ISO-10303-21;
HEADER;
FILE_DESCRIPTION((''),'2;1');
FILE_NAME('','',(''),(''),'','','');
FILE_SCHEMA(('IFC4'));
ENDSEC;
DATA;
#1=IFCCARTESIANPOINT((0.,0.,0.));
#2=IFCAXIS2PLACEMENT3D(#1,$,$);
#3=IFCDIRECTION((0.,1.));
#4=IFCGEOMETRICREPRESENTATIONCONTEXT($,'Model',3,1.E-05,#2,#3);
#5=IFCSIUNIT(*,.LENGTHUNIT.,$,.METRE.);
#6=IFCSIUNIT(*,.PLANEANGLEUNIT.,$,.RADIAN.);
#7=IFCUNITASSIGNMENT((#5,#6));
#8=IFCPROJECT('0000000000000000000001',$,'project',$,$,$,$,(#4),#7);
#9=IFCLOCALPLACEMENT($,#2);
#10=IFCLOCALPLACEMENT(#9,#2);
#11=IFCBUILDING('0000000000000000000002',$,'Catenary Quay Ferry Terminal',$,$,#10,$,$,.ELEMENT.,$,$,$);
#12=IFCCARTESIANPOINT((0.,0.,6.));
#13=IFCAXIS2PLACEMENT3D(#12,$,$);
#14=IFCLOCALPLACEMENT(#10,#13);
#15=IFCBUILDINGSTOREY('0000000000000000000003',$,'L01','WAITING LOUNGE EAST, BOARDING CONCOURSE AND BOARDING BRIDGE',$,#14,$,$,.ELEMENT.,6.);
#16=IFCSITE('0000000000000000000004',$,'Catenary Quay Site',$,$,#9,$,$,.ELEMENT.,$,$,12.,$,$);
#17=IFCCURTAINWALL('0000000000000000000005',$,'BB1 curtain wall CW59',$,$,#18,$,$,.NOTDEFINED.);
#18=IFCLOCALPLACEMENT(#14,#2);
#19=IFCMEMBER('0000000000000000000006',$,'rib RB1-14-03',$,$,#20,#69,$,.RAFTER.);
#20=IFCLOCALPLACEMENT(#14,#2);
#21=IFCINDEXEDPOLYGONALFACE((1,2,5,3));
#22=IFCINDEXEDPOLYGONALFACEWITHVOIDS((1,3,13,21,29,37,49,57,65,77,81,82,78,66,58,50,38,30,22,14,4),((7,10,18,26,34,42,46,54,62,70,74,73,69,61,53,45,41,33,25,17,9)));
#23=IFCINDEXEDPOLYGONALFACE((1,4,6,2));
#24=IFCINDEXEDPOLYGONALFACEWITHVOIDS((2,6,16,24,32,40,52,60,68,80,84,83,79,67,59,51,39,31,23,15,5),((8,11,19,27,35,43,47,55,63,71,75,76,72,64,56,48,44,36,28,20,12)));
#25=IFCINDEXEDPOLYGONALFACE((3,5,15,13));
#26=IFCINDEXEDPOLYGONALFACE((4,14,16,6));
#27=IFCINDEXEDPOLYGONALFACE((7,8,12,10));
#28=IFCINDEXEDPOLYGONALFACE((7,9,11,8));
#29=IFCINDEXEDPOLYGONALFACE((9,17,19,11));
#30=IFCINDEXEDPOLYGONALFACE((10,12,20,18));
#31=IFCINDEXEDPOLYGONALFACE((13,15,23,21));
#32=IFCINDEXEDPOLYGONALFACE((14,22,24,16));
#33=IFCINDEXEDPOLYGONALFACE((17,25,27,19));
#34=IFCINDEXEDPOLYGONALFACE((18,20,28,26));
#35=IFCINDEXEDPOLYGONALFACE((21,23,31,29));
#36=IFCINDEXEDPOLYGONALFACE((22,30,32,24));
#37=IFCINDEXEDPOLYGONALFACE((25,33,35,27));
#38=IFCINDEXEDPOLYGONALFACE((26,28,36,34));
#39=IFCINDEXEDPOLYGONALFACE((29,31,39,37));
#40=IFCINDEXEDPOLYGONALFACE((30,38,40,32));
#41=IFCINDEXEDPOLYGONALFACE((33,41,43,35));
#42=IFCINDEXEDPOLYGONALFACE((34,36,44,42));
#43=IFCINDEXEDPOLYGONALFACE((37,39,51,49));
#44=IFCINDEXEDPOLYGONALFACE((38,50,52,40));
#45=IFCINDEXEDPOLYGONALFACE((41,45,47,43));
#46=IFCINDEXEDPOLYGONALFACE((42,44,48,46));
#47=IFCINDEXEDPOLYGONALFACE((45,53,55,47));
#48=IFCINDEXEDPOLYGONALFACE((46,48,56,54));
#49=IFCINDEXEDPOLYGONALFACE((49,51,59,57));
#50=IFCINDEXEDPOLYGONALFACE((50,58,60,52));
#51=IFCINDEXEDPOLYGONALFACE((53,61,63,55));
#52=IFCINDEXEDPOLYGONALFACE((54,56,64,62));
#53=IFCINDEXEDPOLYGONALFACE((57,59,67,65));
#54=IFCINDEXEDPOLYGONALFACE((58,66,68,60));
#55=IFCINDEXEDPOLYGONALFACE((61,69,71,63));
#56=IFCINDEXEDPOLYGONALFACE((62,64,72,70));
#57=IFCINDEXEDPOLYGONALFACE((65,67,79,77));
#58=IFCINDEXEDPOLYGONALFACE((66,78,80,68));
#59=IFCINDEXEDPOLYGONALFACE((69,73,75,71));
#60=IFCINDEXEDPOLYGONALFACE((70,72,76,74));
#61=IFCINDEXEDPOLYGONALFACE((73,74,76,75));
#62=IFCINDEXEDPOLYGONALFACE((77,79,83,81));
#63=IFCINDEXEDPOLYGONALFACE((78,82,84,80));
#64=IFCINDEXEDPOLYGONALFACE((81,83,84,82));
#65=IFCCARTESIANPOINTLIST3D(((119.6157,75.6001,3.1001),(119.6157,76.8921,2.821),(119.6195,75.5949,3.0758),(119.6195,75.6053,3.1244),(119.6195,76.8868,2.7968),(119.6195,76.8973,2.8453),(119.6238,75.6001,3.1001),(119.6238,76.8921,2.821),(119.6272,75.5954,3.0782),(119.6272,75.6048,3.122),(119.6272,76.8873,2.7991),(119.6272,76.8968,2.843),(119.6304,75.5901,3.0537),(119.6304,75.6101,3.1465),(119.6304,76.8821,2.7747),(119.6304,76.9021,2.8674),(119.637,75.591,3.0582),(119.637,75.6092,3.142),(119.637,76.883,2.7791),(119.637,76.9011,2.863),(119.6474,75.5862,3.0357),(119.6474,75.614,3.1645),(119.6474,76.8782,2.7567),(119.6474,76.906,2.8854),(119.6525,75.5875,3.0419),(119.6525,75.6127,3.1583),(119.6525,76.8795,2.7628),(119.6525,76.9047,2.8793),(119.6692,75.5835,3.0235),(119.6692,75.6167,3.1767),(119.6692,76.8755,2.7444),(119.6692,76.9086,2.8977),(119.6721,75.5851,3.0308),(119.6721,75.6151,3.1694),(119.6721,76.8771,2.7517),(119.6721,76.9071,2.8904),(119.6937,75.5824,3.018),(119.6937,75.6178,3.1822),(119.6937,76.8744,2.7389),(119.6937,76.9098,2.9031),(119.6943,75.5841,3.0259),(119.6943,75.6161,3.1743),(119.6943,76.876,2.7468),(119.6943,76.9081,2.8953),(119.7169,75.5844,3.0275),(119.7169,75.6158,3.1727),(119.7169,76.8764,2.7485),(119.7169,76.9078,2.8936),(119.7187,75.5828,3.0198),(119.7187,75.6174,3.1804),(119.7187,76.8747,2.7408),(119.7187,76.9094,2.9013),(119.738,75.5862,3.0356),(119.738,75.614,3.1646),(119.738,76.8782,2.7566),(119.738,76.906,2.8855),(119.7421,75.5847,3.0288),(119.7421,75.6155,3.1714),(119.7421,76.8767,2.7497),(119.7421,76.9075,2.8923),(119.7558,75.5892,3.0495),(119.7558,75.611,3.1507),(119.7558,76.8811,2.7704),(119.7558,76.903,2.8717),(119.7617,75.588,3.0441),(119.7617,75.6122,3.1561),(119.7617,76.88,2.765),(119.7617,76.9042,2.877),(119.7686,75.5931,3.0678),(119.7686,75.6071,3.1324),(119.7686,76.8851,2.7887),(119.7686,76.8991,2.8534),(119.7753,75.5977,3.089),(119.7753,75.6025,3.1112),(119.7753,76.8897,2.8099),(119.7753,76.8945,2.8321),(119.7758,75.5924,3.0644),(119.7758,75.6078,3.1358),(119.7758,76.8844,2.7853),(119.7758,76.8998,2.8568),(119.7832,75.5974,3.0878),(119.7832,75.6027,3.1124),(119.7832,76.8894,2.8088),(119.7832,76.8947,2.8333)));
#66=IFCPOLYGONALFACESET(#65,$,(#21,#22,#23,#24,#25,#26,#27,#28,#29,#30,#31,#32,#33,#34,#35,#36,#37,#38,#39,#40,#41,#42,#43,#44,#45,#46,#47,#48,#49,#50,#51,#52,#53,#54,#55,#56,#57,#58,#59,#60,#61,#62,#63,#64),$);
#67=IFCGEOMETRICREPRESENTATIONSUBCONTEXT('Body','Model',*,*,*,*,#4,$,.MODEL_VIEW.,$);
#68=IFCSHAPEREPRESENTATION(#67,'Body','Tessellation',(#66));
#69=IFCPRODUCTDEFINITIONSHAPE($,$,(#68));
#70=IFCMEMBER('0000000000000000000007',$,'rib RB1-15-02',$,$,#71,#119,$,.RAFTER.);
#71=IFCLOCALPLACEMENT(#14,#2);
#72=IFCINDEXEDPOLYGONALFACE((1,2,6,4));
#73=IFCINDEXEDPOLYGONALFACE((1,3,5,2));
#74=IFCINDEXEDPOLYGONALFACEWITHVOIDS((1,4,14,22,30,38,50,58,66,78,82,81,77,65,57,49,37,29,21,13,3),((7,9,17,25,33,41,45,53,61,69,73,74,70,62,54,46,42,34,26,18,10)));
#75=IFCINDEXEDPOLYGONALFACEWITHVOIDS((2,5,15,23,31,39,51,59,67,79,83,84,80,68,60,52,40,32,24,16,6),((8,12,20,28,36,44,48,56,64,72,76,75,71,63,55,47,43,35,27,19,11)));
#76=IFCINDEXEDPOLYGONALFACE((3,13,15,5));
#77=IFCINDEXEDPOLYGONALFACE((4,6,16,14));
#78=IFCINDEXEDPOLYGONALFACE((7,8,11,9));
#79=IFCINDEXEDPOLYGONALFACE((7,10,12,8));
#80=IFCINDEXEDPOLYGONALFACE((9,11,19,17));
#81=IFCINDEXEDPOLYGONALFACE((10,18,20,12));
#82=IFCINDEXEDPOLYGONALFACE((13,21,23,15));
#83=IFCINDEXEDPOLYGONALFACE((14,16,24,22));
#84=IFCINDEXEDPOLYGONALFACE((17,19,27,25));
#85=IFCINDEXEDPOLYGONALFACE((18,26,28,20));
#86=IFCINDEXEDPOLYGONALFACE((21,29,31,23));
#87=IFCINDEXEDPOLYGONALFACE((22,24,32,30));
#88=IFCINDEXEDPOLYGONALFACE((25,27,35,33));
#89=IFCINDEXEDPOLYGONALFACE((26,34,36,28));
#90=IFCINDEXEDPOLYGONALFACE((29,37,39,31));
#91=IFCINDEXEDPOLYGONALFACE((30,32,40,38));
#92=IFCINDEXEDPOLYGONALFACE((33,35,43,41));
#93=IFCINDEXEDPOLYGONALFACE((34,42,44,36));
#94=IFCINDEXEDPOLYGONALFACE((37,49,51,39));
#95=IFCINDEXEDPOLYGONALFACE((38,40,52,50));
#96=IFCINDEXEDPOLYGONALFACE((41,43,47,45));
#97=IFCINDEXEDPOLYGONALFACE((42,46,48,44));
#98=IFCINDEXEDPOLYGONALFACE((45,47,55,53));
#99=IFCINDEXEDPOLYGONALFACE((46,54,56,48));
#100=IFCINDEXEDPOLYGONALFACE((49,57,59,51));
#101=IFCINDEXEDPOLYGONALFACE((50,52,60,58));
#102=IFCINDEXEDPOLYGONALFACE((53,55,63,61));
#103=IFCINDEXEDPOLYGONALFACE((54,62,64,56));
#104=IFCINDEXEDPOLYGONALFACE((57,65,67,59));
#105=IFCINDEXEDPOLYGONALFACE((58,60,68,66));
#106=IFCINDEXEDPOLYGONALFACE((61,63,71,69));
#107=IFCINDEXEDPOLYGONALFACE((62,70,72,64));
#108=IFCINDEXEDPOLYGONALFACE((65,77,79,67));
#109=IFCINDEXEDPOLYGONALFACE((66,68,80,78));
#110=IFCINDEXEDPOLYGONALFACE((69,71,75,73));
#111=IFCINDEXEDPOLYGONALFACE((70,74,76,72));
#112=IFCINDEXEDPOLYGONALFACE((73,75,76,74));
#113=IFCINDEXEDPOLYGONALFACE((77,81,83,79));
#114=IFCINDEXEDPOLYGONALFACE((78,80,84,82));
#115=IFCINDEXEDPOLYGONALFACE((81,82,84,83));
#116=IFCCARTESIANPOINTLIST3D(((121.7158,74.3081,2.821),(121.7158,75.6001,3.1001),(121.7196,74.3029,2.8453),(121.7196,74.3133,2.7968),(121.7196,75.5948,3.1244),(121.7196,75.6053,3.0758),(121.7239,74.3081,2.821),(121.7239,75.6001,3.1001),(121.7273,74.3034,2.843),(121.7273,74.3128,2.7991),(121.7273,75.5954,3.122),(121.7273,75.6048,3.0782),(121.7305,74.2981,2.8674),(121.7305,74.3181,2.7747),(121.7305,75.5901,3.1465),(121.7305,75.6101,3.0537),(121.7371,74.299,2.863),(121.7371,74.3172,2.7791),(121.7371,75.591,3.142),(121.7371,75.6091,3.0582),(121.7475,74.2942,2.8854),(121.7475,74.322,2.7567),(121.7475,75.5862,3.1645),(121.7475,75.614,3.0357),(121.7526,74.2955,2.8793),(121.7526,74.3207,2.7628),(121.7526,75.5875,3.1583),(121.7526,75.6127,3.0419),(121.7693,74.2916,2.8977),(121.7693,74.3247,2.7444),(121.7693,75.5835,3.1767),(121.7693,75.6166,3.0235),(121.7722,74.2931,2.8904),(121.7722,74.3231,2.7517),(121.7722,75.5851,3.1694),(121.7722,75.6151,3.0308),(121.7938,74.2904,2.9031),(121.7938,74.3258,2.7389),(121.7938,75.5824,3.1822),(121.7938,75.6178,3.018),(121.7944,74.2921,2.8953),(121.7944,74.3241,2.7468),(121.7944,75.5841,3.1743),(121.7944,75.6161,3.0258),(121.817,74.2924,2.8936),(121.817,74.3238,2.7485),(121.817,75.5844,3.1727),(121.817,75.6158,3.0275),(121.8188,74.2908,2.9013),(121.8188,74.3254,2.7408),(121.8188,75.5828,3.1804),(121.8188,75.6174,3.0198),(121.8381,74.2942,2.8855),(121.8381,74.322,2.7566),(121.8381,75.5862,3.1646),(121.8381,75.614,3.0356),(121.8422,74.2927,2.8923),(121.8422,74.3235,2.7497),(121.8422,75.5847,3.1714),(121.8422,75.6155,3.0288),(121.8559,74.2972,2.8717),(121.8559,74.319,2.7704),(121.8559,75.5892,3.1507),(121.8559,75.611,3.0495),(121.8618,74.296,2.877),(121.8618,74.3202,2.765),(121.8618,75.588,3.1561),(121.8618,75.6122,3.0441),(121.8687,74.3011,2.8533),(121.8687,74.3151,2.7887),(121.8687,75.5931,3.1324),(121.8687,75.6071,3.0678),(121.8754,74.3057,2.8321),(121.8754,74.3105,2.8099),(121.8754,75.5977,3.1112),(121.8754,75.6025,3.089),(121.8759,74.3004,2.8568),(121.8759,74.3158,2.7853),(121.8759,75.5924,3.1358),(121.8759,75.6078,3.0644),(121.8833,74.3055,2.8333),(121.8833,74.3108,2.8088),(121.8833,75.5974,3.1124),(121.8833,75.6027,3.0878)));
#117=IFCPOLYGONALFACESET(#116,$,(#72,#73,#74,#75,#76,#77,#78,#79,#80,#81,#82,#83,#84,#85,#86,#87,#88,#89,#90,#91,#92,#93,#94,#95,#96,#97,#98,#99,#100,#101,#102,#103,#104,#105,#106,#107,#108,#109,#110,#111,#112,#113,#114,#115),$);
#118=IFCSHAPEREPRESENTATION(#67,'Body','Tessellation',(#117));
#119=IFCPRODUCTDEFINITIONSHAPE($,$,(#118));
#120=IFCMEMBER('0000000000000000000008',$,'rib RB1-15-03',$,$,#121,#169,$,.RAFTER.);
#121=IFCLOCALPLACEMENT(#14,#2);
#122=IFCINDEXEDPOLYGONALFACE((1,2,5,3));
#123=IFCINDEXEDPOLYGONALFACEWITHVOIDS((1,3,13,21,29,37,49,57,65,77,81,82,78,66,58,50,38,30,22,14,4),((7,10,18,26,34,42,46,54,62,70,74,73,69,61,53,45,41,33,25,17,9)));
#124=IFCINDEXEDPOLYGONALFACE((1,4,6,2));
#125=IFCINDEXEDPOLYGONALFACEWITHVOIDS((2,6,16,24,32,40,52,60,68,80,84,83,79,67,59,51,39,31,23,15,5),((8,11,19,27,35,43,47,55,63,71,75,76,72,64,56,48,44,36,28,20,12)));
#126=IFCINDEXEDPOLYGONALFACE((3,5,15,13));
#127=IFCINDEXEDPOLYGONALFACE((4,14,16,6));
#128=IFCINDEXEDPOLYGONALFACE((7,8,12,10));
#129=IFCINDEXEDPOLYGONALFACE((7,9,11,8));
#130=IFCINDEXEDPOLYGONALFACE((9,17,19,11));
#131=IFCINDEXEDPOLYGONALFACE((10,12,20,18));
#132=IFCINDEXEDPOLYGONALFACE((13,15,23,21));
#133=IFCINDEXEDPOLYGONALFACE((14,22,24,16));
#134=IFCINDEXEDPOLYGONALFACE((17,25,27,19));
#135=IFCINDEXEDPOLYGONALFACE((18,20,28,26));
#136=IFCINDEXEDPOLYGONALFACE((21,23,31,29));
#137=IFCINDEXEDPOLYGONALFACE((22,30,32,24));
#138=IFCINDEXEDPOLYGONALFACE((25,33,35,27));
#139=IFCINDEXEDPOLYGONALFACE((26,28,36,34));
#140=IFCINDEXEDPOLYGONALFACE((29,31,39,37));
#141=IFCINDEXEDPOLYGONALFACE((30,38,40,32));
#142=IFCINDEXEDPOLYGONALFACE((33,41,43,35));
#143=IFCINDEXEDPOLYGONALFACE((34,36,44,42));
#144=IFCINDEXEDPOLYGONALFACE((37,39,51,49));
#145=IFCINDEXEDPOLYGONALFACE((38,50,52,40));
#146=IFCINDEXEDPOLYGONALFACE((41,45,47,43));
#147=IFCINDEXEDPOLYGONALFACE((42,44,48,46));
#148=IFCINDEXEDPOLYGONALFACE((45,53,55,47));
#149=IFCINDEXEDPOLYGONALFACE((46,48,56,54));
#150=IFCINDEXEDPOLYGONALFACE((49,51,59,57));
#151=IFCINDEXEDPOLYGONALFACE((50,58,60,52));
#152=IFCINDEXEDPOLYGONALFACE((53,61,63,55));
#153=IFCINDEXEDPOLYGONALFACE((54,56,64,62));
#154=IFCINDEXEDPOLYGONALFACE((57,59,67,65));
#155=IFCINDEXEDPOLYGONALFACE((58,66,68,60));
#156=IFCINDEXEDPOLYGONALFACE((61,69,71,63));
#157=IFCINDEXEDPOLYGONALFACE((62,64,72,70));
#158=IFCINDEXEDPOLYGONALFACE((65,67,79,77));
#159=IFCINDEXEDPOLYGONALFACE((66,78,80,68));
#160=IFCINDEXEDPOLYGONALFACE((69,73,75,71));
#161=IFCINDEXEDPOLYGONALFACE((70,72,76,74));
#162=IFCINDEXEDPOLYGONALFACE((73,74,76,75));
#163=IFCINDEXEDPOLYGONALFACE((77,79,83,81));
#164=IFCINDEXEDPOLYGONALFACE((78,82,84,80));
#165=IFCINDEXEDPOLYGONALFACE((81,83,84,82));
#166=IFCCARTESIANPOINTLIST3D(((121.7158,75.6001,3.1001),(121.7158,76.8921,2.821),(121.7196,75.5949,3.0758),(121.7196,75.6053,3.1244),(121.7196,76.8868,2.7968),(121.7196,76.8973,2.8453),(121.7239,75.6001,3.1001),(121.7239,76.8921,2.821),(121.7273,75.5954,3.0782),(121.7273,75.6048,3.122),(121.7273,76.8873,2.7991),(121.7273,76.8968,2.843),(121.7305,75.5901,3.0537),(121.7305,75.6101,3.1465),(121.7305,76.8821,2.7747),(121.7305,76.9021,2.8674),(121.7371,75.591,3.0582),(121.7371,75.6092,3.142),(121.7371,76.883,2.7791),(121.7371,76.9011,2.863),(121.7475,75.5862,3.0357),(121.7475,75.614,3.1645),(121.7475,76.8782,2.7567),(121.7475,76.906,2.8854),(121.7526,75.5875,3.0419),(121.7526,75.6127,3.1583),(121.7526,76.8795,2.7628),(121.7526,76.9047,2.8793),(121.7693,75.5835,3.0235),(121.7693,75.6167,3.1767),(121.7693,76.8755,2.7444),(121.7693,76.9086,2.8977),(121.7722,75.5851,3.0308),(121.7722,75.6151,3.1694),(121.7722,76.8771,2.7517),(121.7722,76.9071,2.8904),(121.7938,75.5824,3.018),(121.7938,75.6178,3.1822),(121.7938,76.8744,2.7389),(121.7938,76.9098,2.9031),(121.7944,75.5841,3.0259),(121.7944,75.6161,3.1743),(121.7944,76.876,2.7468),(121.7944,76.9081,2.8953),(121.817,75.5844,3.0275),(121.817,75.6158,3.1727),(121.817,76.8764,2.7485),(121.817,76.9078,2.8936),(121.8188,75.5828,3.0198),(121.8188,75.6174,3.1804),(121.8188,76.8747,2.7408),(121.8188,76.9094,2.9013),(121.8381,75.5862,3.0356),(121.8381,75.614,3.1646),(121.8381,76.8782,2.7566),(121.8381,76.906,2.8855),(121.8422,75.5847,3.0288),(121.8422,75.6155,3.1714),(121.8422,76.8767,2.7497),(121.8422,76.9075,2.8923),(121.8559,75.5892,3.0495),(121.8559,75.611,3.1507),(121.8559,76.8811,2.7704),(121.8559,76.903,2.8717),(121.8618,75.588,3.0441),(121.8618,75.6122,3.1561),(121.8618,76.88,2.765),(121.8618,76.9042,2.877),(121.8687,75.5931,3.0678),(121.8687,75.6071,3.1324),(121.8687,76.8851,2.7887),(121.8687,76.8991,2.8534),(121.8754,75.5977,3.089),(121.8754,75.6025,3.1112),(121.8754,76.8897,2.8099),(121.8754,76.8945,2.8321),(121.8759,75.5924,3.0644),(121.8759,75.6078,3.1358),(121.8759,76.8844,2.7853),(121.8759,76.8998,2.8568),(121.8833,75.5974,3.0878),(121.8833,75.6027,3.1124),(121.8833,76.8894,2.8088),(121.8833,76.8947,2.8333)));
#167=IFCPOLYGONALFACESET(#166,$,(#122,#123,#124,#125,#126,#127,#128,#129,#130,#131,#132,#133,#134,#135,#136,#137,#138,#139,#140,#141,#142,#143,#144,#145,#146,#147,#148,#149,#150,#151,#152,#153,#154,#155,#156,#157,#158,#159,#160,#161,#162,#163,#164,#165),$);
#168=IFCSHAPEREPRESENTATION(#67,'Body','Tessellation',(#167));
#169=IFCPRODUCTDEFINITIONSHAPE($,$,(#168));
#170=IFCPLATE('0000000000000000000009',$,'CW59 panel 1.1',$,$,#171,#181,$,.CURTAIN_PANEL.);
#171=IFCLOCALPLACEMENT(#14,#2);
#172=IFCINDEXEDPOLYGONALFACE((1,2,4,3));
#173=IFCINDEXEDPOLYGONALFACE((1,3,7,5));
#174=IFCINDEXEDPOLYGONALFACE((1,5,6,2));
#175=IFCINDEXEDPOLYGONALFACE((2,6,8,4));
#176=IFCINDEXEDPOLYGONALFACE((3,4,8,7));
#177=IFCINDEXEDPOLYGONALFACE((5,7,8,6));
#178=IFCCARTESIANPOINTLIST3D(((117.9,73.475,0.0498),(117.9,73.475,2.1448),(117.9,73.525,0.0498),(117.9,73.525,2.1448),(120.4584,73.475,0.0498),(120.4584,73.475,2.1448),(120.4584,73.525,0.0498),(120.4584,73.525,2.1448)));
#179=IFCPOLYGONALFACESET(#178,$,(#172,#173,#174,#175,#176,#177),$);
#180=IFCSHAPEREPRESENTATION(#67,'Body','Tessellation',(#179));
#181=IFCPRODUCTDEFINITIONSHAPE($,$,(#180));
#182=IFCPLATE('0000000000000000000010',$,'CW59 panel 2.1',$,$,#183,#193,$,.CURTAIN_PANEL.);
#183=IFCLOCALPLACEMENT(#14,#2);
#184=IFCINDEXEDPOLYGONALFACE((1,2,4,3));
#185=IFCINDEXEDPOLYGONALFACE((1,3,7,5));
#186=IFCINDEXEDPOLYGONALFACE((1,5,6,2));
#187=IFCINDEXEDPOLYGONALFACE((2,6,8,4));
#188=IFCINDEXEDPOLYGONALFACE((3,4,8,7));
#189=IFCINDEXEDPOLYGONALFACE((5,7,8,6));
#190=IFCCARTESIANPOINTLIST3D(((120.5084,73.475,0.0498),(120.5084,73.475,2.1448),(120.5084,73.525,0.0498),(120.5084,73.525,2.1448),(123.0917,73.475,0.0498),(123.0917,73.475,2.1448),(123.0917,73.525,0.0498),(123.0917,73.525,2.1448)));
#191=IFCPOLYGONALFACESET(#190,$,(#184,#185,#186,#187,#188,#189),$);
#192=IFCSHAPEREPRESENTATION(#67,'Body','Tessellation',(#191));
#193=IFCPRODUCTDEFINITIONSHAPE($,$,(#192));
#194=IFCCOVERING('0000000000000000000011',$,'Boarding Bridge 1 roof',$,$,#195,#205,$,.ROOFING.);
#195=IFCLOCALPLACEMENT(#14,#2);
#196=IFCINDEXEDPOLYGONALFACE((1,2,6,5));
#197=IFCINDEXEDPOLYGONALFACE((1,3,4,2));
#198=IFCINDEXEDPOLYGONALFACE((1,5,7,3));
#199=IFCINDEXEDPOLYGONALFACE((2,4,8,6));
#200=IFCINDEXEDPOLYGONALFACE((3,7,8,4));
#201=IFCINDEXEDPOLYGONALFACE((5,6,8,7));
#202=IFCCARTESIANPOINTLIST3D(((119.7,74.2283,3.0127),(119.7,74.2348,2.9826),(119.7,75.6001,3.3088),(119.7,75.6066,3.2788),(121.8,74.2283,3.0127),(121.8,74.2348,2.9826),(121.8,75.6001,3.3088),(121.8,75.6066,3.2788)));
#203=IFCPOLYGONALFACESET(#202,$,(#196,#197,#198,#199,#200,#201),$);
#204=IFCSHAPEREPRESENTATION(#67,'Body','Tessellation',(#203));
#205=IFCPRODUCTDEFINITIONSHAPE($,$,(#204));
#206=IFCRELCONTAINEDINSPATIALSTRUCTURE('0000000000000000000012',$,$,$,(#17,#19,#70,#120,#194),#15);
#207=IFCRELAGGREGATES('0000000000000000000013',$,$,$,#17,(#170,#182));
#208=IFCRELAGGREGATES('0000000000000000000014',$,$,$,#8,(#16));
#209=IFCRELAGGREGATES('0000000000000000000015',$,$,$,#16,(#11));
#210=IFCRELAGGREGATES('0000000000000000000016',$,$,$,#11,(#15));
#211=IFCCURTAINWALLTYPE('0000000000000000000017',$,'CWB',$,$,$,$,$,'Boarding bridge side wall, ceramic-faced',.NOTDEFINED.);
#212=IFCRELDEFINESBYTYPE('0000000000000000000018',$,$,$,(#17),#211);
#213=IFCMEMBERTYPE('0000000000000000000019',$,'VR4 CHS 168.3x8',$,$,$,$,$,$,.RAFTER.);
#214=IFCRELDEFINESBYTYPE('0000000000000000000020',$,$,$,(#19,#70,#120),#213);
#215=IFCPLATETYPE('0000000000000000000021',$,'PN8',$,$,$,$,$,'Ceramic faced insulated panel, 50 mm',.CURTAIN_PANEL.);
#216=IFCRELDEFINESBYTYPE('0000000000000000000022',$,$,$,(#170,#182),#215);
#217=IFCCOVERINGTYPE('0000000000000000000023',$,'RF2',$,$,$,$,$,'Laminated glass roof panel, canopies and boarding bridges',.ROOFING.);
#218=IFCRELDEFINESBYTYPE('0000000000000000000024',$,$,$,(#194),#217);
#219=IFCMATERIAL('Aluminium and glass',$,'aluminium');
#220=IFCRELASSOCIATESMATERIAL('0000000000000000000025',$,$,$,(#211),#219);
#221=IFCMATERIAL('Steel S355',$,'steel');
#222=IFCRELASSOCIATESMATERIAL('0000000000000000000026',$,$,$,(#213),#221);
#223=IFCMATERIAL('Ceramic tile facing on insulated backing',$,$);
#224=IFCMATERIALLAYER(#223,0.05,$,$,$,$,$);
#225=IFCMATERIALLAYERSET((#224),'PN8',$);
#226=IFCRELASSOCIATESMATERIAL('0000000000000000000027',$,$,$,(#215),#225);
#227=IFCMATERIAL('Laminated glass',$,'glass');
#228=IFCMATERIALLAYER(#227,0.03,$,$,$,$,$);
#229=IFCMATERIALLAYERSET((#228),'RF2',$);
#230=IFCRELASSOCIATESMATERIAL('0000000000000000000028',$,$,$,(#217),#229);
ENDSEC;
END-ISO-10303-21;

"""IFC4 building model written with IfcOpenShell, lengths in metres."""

from ifc_helpers import new_model, si_unit, direction, frame, origin, origin_2d, place, context, subcontext, project, spatial, polyline, rectangle, hollow_circle, outline, extrude, material, layer, layer_set, material_profile, profile_set, type_object, element, aggregate, save


model = new_model("IFC4")

# Units and contexts
model_context = context("Model", 3, precision=1e-05, world=origin(), true_north=direction((0.0, 1.0)))
body_context = subcontext(model_context, "Body", "Model", "MODEL_VIEW")
ifc_project = project(units=[si_unit("LENGTHUNIT", "METRE"), si_unit("PLANEANGLEUNIT", "RADIAN")], contexts=[model_context])

# Site, building, storey
site_placement = place(None, origin())
site = spatial("IfcSite", under=ifc_project, at=site_placement, Name="Catenary Quay Site", CompositionType="ELEMENT", RefElevation=12.0)
building_placement = place(site_placement, origin())
building = spatial("IfcBuilding", under=site, at=building_placement, Name="Catenary Quay Ferry Terminal", CompositionType="ELEMENT")
storey_placement = place(building_placement, frame((0.0, 0.0, 6.0)))
storey = spatial("IfcBuildingStorey", under=building, at=storey_placement, Name="L01", Description="WAITING LOUNGE EAST, BOARDING CONCOURSE AND BOARDING BRIDGE", CompositionType="ELEMENT", Elevation=6.0)

# Curtain wall
ifc_material_1 = material(Name="Aluminium and glass", Category="aluminium")
curtain_wall_type = type_object("IfcCurtainWallType", Name="CWB", ElementType="Boarding bridge side wall, ceramic-faced", PredefinedType="NOTDEFINED", material=ifc_material_1)
curtain_wall_placement = place(storey_placement, origin())
curtain_wall = element("IfcCurtainWall", 1, at=curtain_wall_placement, inside=storey, type_object=curtain_wall_type, Name="BB1 curtain wall CW59", PredefinedType="NOTDEFINED")

# Members
ifc_material_2 = material(Name="Steel S355", Category="steel")
ifc_material_profile_1 = material_profile(ifc_material_2, hollow_circle(Radius=0.0842, WallThickness=0.0081, at=origin_2d()), Name="CHS 168.3x8")
ifc_profile_set_1 = profile_set([ifc_material_profile_1], Name="Steel S355")
member_type_1 = type_object("IfcMemberType", Name="VR4 CHS 168.3x8", PredefinedType="RAFTER", material=ifc_profile_set_1)
for number, where, z_axis, x_axis, name in (
    (2, (119.7, 75.6001, 3.1001), (0.0, 0.977461, -0.211118), (-1.0, 0.0, 0.0), "rib RB1-14-03"),
    (3, (121.8, 74.3081, 2.821), (0.0, 0.977461, 0.211118), (-1.0, 0.0, 0.0), "rib RB1-15-02"),
    (4, (121.8, 75.6001, 3.1001), (0.0, 0.977461, -0.211118), (-1.0, 0.0, 0.0), "rib RB1-15-03"),
):
    element("IfcMember", number, at=place(storey_placement, frame(where, z_axis=z_axis, x_axis=x_axis)), inside=storey, type_object=member_type_1, Name=name, PredefinedType="RAFTER", context=body_context, shape_type="SweptSolid", body=[
        extrude(hollow_circle(Radius=0.0842, WallThickness=0.0081, at=origin_2d()), origin(), (0.0, 0.0, 1.0), 1.3218),
    ])

# Plates
ifc_material_3 = material(Name="Ceramic tile facing on insulated backing")
ifc_layer_1 = layer(ifc_material_3, 0.05)
ifc_layer_set_1 = layer_set([ifc_layer_1], Name="PN8")
plate_type = type_object("IfcPlateType", Name="PN8", ElementType="Ceramic faced insulated panel, 50 mm", PredefinedType="CURTAIN_PANEL", material=ifc_layer_set_1)
plate_1_placement = place(storey_placement, frame((119.1792, 73.5, 0.0498), z_axis=(0.0, 0.0, 1.0), x_axis=(1.0, 0.0, 0.0)))
plate_1 = element("IfcPlate", 5, at=plate_1_placement, type_object=plate_type, Name="CW59 panel 1.1", PredefinedType="CURTAIN_PANEL", context=body_context, shape_type="SweptSolid", body=[
    extrude(rectangle(XDim=2.5583, YDim=0.05, at=origin_2d()), origin(), (0.0, 0.0, 1.0), 2.095),
])
plate_2_placement = place(storey_placement, frame((121.8, 73.5, 0.0498), z_axis=(0.0, 0.0, 1.0), x_axis=(1.0, 0.0, 0.0)))
plate_2 = element("IfcPlate", 6, at=plate_2_placement, type_object=plate_type, Name="CW59 panel 2.1", PredefinedType="CURTAIN_PANEL", context=body_context, shape_type="SweptSolid", body=[
    extrude(rectangle(XDim=2.5833, YDim=0.05, at=origin_2d()), origin(), (0.0, 0.0, 1.0), 2.095),
])
aggregate(curtain_wall, [plate_1, plate_2])

# Covering
ifc_material_4 = material(Name="Laminated glass", Category="glass")
ifc_layer_2 = layer(ifc_material_4, 0.03)
ifc_layer_set_2 = layer_set([ifc_layer_2], Name="RF2")
covering_type = type_object("IfcCoveringType", Name="RF2", ElementType="Laminated glass roof panel, canopies and boarding bridges", PredefinedType="ROOFING", material=ifc_layer_set_2)
covering_1_placement = place(storey_placement, frame((119.7, 74.2283, 3.0127), z_axis=(0.0, -0.211014, 0.977483), x_axis=(1.0, 0.0, 0.0)))
element("IfcCovering", 7, at=covering_1_placement, inside=storey, type_object=covering_type, Name="Boarding Bridge 1 roof", PredefinedType="ROOFING", context=body_context, shape_type="SweptSolid", body=[
    extrude(outline(polyline([(0.0, 0.0), (2.1001, 0.0), (2.1001, 1.4034), (0.0, 1.4034), (0.0, 0.0)])), origin(), (0.0, 0.0, -1.0), 0.0308),
])

save(model, "model.ifc")
